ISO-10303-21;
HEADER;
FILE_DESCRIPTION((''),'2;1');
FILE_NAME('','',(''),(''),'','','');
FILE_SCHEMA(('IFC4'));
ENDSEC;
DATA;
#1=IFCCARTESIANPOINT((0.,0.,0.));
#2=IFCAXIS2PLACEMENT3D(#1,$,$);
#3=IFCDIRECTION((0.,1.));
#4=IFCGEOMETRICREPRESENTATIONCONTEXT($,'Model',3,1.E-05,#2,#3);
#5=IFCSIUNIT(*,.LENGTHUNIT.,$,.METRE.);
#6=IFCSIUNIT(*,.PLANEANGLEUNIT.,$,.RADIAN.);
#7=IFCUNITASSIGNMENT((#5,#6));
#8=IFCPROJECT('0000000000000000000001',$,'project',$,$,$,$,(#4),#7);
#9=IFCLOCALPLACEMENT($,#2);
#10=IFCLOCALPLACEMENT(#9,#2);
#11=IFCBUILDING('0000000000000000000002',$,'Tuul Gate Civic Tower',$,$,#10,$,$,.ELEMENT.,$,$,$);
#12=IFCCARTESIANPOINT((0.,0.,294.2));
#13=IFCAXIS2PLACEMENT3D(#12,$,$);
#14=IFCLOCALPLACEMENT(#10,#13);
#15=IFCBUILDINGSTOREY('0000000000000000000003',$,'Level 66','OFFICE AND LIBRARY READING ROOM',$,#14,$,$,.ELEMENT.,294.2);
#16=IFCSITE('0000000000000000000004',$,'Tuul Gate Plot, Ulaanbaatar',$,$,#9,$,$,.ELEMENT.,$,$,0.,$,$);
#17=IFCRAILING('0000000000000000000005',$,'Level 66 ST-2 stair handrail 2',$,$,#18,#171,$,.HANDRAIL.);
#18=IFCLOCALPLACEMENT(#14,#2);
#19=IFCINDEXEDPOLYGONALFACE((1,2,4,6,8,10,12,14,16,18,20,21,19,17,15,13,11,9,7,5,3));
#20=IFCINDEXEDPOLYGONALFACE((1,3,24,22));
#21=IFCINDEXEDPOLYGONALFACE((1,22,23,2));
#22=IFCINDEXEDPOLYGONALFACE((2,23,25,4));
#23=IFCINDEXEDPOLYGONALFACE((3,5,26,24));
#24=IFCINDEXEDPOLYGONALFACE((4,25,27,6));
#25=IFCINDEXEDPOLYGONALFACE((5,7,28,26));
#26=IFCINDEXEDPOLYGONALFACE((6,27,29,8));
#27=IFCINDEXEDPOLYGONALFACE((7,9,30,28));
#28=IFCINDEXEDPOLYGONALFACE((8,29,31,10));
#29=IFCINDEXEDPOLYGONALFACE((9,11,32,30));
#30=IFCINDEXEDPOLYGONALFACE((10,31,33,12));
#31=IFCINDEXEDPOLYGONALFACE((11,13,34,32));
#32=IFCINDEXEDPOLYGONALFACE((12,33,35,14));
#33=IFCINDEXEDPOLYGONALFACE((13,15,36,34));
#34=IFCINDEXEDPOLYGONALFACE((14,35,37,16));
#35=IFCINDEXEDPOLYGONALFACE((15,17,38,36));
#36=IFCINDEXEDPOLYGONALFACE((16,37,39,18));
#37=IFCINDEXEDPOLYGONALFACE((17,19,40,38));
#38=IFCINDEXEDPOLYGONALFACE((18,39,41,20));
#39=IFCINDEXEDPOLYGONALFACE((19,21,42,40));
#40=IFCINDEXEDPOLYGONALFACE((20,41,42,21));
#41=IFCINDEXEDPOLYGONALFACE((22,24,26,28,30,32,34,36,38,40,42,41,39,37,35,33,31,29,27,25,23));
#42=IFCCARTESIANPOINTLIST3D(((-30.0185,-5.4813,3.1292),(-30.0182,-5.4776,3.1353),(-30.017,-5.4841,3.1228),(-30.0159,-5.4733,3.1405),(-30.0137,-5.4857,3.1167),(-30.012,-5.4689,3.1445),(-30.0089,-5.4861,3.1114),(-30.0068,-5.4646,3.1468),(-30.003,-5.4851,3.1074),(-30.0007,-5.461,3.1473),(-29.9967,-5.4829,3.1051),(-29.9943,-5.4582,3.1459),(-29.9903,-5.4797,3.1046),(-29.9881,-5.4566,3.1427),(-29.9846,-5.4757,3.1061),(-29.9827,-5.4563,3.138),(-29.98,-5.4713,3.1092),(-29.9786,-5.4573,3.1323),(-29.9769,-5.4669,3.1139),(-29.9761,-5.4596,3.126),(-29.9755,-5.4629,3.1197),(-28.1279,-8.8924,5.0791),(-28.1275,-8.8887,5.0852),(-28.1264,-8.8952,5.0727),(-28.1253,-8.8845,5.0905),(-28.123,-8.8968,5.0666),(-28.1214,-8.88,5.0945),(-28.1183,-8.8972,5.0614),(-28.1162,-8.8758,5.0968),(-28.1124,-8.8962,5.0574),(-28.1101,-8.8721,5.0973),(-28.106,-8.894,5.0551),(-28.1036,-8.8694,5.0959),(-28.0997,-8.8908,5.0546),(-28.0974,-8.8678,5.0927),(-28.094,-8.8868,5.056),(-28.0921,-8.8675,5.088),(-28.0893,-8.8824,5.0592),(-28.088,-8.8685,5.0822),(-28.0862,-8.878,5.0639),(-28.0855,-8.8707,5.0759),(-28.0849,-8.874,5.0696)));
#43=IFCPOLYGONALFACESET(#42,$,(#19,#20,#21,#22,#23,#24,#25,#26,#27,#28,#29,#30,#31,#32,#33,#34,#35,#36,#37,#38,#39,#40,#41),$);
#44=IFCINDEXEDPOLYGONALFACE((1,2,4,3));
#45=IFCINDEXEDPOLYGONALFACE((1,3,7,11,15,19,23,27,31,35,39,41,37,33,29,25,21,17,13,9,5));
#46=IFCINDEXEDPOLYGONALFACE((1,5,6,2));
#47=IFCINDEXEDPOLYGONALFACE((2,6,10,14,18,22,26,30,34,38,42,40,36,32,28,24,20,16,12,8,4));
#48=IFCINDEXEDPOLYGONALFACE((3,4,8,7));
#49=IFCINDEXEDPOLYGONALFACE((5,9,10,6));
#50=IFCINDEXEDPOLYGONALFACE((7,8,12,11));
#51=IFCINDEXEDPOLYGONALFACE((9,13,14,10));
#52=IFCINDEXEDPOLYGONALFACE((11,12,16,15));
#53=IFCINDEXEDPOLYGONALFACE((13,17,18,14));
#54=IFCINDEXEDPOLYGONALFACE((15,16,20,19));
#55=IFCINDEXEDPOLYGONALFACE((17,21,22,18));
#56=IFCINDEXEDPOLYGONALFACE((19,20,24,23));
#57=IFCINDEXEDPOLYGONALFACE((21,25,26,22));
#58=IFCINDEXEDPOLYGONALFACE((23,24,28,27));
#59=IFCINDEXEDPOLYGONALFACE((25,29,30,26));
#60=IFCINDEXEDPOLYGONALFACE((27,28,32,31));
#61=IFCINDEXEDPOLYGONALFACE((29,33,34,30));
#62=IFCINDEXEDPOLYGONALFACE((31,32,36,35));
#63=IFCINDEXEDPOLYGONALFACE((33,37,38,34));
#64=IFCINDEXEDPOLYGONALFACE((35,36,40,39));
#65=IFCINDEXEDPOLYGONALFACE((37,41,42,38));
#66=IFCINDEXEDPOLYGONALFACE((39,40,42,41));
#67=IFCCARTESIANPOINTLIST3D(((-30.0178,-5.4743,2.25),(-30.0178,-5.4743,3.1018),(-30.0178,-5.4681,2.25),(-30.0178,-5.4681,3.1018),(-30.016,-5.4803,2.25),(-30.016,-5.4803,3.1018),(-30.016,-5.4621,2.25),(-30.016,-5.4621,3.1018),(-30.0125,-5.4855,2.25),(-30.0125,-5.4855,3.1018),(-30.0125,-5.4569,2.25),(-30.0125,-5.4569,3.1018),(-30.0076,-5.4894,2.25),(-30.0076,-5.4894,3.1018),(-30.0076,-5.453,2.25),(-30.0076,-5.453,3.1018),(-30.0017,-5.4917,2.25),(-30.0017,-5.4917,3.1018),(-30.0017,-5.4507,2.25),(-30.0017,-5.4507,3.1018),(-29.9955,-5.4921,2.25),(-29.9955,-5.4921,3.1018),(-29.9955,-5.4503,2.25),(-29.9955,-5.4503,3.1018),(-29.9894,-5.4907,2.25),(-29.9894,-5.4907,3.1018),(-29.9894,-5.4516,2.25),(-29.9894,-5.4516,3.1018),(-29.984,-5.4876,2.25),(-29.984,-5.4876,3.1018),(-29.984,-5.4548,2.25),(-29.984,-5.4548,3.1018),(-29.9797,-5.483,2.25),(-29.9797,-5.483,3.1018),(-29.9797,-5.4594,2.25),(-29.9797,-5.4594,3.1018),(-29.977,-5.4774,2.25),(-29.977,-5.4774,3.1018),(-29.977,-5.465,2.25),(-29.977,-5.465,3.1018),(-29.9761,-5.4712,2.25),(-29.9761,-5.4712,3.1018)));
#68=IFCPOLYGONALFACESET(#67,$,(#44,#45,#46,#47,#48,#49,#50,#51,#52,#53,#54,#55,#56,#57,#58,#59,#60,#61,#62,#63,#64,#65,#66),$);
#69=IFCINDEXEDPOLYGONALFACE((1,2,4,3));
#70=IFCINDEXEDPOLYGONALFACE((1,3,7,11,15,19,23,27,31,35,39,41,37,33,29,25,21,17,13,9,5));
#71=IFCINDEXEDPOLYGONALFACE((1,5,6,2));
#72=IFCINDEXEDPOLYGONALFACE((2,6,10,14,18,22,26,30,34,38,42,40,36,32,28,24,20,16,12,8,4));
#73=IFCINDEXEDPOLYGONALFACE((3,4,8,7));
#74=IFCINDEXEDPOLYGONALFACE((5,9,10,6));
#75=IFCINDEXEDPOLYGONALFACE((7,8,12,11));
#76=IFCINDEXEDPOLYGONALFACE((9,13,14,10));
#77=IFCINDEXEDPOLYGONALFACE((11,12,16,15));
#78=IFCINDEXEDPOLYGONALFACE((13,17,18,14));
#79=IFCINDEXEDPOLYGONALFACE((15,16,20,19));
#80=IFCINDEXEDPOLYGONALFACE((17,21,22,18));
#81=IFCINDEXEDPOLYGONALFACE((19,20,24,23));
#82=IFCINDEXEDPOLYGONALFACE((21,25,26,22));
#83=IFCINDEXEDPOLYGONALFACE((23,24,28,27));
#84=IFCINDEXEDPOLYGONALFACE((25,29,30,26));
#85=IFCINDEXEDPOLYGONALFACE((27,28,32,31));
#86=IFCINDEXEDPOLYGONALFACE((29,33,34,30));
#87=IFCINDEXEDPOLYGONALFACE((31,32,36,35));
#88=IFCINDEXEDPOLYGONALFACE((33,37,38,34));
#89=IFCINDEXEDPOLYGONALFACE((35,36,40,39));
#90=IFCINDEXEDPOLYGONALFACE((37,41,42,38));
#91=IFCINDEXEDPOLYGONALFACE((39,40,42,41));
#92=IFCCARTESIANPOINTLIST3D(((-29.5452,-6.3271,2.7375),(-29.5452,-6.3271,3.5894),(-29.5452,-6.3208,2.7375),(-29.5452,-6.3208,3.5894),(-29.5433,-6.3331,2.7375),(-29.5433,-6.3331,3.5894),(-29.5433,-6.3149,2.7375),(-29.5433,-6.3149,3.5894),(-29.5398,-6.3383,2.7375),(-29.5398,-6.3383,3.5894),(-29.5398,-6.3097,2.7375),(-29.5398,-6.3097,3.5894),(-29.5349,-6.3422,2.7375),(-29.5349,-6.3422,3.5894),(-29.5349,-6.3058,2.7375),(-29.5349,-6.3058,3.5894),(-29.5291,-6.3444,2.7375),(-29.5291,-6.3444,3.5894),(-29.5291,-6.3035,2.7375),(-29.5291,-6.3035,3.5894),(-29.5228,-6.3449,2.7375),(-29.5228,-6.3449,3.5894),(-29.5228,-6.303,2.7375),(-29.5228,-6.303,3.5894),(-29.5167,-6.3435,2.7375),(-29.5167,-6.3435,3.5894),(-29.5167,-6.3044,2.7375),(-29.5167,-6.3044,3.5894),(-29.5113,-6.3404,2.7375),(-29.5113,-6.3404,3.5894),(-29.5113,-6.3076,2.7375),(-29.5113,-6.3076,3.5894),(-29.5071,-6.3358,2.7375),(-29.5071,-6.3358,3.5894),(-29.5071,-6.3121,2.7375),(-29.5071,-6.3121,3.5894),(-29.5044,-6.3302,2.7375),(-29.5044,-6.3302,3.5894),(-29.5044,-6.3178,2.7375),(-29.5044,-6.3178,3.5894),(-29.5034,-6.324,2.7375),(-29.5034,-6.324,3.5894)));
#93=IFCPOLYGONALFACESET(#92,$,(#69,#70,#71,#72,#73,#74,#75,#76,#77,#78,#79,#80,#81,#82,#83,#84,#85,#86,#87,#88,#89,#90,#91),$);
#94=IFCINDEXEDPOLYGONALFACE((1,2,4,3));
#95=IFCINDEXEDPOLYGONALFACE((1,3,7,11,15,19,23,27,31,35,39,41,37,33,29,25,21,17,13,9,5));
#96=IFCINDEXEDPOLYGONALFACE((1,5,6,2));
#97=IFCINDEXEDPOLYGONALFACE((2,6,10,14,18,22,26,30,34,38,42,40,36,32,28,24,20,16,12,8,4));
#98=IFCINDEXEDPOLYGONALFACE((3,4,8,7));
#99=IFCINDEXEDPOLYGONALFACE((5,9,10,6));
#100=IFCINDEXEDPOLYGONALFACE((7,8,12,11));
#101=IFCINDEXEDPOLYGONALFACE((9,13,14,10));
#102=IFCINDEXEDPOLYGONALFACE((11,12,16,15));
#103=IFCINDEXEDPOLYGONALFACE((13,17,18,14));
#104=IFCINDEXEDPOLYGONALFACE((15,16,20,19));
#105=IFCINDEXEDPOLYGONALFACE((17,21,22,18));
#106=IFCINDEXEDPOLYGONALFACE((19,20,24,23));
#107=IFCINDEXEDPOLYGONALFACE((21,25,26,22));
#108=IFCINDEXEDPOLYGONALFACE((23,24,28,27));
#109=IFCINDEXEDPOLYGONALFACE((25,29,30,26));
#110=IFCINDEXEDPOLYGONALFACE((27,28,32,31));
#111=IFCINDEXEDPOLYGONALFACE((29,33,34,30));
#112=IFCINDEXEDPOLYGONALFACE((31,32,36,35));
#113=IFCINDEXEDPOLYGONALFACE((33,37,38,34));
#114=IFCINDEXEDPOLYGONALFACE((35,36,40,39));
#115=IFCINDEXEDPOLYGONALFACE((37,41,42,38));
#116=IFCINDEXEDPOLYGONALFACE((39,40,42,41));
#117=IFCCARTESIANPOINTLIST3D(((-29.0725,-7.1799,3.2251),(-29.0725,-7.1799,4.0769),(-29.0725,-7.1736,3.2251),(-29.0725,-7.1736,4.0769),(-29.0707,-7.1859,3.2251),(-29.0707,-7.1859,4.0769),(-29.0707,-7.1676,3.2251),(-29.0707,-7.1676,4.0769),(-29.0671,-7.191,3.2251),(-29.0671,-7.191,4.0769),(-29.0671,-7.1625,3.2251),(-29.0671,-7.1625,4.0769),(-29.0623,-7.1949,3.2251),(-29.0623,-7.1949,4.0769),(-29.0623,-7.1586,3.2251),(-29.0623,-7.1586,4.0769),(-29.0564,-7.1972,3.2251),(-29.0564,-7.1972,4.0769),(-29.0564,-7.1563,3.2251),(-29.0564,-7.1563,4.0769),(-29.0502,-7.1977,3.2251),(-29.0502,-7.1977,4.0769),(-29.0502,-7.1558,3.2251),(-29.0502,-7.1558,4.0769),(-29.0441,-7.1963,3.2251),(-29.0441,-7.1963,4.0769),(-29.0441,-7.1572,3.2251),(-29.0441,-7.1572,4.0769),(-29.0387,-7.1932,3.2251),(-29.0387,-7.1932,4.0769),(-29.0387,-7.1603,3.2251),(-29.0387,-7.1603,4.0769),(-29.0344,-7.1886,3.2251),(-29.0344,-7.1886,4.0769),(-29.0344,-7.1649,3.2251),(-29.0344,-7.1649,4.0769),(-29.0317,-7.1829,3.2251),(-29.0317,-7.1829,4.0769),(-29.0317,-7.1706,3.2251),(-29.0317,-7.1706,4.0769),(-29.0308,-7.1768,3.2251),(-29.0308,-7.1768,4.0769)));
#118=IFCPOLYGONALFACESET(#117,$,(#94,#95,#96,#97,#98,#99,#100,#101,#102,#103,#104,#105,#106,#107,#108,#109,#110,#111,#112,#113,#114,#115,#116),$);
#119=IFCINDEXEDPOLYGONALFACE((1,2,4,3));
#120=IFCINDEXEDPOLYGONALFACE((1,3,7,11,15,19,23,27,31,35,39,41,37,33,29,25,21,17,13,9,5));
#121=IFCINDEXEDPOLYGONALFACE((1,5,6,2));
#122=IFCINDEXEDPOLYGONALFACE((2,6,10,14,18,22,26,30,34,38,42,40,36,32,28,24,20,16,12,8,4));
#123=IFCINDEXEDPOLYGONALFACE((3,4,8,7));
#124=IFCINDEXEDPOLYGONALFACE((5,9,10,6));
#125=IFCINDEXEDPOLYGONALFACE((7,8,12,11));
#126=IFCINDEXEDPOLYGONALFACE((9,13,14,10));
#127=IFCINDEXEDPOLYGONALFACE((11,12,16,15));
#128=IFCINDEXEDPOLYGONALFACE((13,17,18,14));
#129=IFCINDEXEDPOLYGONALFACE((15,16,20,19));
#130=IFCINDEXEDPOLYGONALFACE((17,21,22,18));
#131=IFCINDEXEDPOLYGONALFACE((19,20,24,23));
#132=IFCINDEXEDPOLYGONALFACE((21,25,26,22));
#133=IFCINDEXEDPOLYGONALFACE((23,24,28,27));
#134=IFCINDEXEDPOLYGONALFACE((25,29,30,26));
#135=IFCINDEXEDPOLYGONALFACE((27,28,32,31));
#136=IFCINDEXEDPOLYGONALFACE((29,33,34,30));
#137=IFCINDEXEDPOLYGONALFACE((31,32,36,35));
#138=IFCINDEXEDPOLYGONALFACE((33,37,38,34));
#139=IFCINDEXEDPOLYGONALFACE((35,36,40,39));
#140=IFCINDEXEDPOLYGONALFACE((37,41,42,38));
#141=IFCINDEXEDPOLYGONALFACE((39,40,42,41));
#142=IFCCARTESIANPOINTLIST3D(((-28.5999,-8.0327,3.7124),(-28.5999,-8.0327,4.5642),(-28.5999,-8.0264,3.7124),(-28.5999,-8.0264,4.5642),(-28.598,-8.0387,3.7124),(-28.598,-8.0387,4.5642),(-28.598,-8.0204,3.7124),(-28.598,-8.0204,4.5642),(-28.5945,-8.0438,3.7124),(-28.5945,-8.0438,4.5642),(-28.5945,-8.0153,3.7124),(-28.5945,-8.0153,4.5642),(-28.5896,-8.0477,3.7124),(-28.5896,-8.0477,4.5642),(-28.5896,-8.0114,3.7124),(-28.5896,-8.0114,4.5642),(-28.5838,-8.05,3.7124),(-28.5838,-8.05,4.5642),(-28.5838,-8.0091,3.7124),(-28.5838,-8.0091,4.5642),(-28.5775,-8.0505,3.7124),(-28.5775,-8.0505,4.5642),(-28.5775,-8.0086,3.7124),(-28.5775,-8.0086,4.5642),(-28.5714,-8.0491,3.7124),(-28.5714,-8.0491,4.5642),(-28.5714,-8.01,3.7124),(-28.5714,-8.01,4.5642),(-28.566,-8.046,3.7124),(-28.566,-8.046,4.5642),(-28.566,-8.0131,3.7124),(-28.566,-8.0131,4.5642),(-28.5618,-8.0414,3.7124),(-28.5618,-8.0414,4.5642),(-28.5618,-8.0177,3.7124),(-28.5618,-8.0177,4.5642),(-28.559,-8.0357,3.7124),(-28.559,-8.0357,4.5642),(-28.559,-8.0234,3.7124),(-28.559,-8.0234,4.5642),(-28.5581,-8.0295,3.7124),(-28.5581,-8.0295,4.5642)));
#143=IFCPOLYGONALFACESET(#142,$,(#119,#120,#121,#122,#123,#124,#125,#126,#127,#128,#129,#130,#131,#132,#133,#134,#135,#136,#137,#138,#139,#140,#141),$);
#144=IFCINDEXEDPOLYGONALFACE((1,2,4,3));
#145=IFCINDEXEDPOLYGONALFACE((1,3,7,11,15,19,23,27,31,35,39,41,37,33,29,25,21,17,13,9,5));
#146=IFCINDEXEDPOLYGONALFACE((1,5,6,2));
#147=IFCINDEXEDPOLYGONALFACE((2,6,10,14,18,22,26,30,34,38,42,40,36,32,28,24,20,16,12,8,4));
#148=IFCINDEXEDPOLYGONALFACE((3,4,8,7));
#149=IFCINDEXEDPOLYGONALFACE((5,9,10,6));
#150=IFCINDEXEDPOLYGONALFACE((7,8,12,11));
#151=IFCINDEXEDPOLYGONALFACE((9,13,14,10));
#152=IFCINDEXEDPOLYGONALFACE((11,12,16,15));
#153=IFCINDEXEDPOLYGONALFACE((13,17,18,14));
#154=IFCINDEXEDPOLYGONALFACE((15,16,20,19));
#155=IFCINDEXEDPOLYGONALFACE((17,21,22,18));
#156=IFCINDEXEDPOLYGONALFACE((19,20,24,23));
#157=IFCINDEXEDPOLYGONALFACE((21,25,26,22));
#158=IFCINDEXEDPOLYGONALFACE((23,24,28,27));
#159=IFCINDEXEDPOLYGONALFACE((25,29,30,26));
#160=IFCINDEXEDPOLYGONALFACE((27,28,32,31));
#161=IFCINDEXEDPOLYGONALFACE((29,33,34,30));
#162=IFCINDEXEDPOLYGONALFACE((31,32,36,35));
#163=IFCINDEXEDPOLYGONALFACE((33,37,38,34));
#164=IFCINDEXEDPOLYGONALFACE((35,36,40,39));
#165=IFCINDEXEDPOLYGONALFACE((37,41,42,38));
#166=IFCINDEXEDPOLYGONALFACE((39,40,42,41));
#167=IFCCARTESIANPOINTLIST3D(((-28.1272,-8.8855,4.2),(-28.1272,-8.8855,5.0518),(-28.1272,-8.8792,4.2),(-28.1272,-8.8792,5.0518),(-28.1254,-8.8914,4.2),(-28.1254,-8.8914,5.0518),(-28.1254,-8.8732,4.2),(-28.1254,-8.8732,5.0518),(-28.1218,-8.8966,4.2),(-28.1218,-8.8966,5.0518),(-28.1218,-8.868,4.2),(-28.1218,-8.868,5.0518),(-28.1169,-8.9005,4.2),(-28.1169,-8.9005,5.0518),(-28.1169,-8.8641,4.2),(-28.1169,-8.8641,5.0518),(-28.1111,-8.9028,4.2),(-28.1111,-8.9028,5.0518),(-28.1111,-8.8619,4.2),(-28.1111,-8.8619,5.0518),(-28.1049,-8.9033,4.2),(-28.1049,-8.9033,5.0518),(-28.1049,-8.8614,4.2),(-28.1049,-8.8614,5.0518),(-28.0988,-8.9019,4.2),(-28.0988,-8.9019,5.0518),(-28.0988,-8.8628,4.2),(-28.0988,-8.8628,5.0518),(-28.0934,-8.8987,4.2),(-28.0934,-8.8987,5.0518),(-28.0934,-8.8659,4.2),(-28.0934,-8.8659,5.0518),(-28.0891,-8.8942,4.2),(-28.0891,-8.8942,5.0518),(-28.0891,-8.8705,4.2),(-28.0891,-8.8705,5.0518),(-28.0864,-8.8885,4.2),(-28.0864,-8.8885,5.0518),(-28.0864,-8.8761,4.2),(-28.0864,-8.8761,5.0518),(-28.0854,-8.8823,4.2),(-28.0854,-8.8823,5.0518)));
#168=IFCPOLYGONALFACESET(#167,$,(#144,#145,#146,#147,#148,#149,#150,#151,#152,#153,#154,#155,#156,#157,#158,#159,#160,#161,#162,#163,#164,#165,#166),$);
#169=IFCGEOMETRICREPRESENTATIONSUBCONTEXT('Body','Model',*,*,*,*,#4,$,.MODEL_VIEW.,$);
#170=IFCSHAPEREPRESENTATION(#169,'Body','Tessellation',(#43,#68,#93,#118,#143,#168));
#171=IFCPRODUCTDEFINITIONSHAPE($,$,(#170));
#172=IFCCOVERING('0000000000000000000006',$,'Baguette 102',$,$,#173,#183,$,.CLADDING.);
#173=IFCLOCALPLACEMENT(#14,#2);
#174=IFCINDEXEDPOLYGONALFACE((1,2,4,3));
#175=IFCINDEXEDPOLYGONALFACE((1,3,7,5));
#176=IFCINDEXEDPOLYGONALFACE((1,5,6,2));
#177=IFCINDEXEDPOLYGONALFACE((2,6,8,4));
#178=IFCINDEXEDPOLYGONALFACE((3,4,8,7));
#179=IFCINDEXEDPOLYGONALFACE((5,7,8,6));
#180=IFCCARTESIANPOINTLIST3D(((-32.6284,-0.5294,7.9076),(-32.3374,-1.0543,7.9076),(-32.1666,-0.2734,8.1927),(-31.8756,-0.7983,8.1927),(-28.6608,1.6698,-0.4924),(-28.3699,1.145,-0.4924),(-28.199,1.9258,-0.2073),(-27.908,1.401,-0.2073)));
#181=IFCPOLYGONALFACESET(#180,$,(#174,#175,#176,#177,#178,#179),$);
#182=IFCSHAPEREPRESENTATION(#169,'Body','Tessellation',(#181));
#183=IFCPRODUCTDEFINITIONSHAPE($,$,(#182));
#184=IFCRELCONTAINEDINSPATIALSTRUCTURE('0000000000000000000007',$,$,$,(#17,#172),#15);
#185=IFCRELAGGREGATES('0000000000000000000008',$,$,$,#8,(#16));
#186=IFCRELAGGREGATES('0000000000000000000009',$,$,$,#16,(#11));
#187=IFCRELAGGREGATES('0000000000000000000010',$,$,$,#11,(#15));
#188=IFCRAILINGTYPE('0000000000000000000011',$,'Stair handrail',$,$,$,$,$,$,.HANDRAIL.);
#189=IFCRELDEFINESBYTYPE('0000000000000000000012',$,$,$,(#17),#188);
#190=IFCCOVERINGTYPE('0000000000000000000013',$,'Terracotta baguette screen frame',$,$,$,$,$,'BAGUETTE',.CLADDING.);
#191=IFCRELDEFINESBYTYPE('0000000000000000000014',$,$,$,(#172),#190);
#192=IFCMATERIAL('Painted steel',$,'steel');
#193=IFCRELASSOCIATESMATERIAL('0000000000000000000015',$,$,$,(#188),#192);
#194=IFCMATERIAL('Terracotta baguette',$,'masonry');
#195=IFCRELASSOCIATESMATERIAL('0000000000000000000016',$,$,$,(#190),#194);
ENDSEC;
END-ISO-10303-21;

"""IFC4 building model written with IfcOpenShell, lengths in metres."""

from ifc_helpers import new_model, si_unit, direction, frame, origin, origin_2d, place, context, subcontext, project, spatial, rectangle, circle, extrude, material, material_profile, profile_set, type_object, element, save


model = new_model("IFC4")

# Units and contexts
model_context = context("Model", 3, precision=1e-05, world=origin(), true_north=direction((0.0, 1.0)))
body_context = subcontext(model_context, "Body", "Model", "MODEL_VIEW")
ifc_project = project(units=[si_unit("LENGTHUNIT", "METRE"), si_unit("PLANEANGLEUNIT", "RADIAN")], contexts=[model_context])

# Site, building, storey
site_placement = place(None, origin())
site = spatial("IfcSite", under=ifc_project, at=site_placement, Name="Tuul Gate Plot, Ulaanbaatar", CompositionType="ELEMENT", RefElevation=0.0)
building_placement = place(site_placement, origin())
building = spatial("IfcBuilding", under=site, at=building_placement, Name="Tuul Gate Civic Tower", CompositionType="ELEMENT")
storey_placement = place(building_placement, frame((0.0, 0.0, 294.2)))
storey = spatial("IfcBuildingStorey", under=building, at=storey_placement, Name="Level 66", Description="OFFICE AND LIBRARY READING ROOM", CompositionType="ELEMENT", Elevation=294.2)

# Railing
ifc_material_1 = material(Name="Painted steel", Category="steel")
railing_type_1 = type_object("IfcRailingType", Name="Stair handrail", PredefinedType="HANDRAIL", material=ifc_material_1)
railing_1_placement = place(storey_placement, frame((-29.9971, -5.4712, 2.25)))
element("IfcRailing", 1, at=railing_1_placement, inside=storey, type_object=railing_type_1, Name="Level 66 ST-2 stair handrail 2", PredefinedType="HANDRAIL", context=body_context, shape_type="SweptSolid", body=[
    extrude(circle(Radius=0.0239, at=origin_2d()), frame((0.0, 0.0, 0.876), z_axis=(0.433595, -0.782308, 0.447201), x_axis=(0.874641, 0.484771, 0.0)), (0.0, 0.0, 1.0), 4.3604),
    extrude(circle(Radius=0.021, at=origin_2d()), origin(), (0.0, 0.0, 1.0), 0.8518),
    extrude(circle(Radius=0.021, at=origin_2d()), frame((0.4727, -0.8528, 0.4875)), (0.0, 0.0, 1.0), 0.8518),
    extrude(circle(Radius=0.021, at=origin_2d()), frame((0.9453, -1.7056, 0.9751)), (0.0, 0.0, 1.0), 0.8518),
    extrude(circle(Radius=0.021, at=origin_2d()), frame((1.418, -2.5583, 1.4624)), (0.0, 0.0, 1.0), 0.8518),
    extrude(circle(Radius=0.021, at=origin_2d()), frame((1.8906, -3.4111, 1.95)), (0.0, 0.0, 1.0), 0.8518),
])

# Covering
ifc_material_2 = material(Name="Terracotta baguette", Category="masonry")
ifc_material_profile = material_profile(ifc_material_2, rectangle(XDim=0.6001, YDim=0.6001, at=origin_2d()), Name="Terracotta baguette screen frame")
ifc_profile_set = profile_set([ifc_material_profile], Name="Terracotta baguette")
covering_type = type_object("IfcCoveringType", Name="Terracotta baguette screen frame", ElementType="BAGUETTE", PredefinedType="CLADDING", material=ifc_profile_set)
covering_placement = place(storey_placement, frame((-28.2844, 1.5354, -0.3499), z_axis=(-0.415599, -0.230368, 0.879891), x_axis=(0.484806, -0.874621, 0.0)))
element("IfcCovering", 2, at=covering_placement, inside=storey, type_object=covering_type, Name="Baguette 102", PredefinedType="CLADDING", context=body_context, shape_type="SweptSolid", body=[
    extrude(rectangle(XDim=0.6001, YDim=0.6001, at=origin_2d()), origin(), (0.0, 0.0, 1.0), 9.5466),
])

save(model, "model.ifc")
